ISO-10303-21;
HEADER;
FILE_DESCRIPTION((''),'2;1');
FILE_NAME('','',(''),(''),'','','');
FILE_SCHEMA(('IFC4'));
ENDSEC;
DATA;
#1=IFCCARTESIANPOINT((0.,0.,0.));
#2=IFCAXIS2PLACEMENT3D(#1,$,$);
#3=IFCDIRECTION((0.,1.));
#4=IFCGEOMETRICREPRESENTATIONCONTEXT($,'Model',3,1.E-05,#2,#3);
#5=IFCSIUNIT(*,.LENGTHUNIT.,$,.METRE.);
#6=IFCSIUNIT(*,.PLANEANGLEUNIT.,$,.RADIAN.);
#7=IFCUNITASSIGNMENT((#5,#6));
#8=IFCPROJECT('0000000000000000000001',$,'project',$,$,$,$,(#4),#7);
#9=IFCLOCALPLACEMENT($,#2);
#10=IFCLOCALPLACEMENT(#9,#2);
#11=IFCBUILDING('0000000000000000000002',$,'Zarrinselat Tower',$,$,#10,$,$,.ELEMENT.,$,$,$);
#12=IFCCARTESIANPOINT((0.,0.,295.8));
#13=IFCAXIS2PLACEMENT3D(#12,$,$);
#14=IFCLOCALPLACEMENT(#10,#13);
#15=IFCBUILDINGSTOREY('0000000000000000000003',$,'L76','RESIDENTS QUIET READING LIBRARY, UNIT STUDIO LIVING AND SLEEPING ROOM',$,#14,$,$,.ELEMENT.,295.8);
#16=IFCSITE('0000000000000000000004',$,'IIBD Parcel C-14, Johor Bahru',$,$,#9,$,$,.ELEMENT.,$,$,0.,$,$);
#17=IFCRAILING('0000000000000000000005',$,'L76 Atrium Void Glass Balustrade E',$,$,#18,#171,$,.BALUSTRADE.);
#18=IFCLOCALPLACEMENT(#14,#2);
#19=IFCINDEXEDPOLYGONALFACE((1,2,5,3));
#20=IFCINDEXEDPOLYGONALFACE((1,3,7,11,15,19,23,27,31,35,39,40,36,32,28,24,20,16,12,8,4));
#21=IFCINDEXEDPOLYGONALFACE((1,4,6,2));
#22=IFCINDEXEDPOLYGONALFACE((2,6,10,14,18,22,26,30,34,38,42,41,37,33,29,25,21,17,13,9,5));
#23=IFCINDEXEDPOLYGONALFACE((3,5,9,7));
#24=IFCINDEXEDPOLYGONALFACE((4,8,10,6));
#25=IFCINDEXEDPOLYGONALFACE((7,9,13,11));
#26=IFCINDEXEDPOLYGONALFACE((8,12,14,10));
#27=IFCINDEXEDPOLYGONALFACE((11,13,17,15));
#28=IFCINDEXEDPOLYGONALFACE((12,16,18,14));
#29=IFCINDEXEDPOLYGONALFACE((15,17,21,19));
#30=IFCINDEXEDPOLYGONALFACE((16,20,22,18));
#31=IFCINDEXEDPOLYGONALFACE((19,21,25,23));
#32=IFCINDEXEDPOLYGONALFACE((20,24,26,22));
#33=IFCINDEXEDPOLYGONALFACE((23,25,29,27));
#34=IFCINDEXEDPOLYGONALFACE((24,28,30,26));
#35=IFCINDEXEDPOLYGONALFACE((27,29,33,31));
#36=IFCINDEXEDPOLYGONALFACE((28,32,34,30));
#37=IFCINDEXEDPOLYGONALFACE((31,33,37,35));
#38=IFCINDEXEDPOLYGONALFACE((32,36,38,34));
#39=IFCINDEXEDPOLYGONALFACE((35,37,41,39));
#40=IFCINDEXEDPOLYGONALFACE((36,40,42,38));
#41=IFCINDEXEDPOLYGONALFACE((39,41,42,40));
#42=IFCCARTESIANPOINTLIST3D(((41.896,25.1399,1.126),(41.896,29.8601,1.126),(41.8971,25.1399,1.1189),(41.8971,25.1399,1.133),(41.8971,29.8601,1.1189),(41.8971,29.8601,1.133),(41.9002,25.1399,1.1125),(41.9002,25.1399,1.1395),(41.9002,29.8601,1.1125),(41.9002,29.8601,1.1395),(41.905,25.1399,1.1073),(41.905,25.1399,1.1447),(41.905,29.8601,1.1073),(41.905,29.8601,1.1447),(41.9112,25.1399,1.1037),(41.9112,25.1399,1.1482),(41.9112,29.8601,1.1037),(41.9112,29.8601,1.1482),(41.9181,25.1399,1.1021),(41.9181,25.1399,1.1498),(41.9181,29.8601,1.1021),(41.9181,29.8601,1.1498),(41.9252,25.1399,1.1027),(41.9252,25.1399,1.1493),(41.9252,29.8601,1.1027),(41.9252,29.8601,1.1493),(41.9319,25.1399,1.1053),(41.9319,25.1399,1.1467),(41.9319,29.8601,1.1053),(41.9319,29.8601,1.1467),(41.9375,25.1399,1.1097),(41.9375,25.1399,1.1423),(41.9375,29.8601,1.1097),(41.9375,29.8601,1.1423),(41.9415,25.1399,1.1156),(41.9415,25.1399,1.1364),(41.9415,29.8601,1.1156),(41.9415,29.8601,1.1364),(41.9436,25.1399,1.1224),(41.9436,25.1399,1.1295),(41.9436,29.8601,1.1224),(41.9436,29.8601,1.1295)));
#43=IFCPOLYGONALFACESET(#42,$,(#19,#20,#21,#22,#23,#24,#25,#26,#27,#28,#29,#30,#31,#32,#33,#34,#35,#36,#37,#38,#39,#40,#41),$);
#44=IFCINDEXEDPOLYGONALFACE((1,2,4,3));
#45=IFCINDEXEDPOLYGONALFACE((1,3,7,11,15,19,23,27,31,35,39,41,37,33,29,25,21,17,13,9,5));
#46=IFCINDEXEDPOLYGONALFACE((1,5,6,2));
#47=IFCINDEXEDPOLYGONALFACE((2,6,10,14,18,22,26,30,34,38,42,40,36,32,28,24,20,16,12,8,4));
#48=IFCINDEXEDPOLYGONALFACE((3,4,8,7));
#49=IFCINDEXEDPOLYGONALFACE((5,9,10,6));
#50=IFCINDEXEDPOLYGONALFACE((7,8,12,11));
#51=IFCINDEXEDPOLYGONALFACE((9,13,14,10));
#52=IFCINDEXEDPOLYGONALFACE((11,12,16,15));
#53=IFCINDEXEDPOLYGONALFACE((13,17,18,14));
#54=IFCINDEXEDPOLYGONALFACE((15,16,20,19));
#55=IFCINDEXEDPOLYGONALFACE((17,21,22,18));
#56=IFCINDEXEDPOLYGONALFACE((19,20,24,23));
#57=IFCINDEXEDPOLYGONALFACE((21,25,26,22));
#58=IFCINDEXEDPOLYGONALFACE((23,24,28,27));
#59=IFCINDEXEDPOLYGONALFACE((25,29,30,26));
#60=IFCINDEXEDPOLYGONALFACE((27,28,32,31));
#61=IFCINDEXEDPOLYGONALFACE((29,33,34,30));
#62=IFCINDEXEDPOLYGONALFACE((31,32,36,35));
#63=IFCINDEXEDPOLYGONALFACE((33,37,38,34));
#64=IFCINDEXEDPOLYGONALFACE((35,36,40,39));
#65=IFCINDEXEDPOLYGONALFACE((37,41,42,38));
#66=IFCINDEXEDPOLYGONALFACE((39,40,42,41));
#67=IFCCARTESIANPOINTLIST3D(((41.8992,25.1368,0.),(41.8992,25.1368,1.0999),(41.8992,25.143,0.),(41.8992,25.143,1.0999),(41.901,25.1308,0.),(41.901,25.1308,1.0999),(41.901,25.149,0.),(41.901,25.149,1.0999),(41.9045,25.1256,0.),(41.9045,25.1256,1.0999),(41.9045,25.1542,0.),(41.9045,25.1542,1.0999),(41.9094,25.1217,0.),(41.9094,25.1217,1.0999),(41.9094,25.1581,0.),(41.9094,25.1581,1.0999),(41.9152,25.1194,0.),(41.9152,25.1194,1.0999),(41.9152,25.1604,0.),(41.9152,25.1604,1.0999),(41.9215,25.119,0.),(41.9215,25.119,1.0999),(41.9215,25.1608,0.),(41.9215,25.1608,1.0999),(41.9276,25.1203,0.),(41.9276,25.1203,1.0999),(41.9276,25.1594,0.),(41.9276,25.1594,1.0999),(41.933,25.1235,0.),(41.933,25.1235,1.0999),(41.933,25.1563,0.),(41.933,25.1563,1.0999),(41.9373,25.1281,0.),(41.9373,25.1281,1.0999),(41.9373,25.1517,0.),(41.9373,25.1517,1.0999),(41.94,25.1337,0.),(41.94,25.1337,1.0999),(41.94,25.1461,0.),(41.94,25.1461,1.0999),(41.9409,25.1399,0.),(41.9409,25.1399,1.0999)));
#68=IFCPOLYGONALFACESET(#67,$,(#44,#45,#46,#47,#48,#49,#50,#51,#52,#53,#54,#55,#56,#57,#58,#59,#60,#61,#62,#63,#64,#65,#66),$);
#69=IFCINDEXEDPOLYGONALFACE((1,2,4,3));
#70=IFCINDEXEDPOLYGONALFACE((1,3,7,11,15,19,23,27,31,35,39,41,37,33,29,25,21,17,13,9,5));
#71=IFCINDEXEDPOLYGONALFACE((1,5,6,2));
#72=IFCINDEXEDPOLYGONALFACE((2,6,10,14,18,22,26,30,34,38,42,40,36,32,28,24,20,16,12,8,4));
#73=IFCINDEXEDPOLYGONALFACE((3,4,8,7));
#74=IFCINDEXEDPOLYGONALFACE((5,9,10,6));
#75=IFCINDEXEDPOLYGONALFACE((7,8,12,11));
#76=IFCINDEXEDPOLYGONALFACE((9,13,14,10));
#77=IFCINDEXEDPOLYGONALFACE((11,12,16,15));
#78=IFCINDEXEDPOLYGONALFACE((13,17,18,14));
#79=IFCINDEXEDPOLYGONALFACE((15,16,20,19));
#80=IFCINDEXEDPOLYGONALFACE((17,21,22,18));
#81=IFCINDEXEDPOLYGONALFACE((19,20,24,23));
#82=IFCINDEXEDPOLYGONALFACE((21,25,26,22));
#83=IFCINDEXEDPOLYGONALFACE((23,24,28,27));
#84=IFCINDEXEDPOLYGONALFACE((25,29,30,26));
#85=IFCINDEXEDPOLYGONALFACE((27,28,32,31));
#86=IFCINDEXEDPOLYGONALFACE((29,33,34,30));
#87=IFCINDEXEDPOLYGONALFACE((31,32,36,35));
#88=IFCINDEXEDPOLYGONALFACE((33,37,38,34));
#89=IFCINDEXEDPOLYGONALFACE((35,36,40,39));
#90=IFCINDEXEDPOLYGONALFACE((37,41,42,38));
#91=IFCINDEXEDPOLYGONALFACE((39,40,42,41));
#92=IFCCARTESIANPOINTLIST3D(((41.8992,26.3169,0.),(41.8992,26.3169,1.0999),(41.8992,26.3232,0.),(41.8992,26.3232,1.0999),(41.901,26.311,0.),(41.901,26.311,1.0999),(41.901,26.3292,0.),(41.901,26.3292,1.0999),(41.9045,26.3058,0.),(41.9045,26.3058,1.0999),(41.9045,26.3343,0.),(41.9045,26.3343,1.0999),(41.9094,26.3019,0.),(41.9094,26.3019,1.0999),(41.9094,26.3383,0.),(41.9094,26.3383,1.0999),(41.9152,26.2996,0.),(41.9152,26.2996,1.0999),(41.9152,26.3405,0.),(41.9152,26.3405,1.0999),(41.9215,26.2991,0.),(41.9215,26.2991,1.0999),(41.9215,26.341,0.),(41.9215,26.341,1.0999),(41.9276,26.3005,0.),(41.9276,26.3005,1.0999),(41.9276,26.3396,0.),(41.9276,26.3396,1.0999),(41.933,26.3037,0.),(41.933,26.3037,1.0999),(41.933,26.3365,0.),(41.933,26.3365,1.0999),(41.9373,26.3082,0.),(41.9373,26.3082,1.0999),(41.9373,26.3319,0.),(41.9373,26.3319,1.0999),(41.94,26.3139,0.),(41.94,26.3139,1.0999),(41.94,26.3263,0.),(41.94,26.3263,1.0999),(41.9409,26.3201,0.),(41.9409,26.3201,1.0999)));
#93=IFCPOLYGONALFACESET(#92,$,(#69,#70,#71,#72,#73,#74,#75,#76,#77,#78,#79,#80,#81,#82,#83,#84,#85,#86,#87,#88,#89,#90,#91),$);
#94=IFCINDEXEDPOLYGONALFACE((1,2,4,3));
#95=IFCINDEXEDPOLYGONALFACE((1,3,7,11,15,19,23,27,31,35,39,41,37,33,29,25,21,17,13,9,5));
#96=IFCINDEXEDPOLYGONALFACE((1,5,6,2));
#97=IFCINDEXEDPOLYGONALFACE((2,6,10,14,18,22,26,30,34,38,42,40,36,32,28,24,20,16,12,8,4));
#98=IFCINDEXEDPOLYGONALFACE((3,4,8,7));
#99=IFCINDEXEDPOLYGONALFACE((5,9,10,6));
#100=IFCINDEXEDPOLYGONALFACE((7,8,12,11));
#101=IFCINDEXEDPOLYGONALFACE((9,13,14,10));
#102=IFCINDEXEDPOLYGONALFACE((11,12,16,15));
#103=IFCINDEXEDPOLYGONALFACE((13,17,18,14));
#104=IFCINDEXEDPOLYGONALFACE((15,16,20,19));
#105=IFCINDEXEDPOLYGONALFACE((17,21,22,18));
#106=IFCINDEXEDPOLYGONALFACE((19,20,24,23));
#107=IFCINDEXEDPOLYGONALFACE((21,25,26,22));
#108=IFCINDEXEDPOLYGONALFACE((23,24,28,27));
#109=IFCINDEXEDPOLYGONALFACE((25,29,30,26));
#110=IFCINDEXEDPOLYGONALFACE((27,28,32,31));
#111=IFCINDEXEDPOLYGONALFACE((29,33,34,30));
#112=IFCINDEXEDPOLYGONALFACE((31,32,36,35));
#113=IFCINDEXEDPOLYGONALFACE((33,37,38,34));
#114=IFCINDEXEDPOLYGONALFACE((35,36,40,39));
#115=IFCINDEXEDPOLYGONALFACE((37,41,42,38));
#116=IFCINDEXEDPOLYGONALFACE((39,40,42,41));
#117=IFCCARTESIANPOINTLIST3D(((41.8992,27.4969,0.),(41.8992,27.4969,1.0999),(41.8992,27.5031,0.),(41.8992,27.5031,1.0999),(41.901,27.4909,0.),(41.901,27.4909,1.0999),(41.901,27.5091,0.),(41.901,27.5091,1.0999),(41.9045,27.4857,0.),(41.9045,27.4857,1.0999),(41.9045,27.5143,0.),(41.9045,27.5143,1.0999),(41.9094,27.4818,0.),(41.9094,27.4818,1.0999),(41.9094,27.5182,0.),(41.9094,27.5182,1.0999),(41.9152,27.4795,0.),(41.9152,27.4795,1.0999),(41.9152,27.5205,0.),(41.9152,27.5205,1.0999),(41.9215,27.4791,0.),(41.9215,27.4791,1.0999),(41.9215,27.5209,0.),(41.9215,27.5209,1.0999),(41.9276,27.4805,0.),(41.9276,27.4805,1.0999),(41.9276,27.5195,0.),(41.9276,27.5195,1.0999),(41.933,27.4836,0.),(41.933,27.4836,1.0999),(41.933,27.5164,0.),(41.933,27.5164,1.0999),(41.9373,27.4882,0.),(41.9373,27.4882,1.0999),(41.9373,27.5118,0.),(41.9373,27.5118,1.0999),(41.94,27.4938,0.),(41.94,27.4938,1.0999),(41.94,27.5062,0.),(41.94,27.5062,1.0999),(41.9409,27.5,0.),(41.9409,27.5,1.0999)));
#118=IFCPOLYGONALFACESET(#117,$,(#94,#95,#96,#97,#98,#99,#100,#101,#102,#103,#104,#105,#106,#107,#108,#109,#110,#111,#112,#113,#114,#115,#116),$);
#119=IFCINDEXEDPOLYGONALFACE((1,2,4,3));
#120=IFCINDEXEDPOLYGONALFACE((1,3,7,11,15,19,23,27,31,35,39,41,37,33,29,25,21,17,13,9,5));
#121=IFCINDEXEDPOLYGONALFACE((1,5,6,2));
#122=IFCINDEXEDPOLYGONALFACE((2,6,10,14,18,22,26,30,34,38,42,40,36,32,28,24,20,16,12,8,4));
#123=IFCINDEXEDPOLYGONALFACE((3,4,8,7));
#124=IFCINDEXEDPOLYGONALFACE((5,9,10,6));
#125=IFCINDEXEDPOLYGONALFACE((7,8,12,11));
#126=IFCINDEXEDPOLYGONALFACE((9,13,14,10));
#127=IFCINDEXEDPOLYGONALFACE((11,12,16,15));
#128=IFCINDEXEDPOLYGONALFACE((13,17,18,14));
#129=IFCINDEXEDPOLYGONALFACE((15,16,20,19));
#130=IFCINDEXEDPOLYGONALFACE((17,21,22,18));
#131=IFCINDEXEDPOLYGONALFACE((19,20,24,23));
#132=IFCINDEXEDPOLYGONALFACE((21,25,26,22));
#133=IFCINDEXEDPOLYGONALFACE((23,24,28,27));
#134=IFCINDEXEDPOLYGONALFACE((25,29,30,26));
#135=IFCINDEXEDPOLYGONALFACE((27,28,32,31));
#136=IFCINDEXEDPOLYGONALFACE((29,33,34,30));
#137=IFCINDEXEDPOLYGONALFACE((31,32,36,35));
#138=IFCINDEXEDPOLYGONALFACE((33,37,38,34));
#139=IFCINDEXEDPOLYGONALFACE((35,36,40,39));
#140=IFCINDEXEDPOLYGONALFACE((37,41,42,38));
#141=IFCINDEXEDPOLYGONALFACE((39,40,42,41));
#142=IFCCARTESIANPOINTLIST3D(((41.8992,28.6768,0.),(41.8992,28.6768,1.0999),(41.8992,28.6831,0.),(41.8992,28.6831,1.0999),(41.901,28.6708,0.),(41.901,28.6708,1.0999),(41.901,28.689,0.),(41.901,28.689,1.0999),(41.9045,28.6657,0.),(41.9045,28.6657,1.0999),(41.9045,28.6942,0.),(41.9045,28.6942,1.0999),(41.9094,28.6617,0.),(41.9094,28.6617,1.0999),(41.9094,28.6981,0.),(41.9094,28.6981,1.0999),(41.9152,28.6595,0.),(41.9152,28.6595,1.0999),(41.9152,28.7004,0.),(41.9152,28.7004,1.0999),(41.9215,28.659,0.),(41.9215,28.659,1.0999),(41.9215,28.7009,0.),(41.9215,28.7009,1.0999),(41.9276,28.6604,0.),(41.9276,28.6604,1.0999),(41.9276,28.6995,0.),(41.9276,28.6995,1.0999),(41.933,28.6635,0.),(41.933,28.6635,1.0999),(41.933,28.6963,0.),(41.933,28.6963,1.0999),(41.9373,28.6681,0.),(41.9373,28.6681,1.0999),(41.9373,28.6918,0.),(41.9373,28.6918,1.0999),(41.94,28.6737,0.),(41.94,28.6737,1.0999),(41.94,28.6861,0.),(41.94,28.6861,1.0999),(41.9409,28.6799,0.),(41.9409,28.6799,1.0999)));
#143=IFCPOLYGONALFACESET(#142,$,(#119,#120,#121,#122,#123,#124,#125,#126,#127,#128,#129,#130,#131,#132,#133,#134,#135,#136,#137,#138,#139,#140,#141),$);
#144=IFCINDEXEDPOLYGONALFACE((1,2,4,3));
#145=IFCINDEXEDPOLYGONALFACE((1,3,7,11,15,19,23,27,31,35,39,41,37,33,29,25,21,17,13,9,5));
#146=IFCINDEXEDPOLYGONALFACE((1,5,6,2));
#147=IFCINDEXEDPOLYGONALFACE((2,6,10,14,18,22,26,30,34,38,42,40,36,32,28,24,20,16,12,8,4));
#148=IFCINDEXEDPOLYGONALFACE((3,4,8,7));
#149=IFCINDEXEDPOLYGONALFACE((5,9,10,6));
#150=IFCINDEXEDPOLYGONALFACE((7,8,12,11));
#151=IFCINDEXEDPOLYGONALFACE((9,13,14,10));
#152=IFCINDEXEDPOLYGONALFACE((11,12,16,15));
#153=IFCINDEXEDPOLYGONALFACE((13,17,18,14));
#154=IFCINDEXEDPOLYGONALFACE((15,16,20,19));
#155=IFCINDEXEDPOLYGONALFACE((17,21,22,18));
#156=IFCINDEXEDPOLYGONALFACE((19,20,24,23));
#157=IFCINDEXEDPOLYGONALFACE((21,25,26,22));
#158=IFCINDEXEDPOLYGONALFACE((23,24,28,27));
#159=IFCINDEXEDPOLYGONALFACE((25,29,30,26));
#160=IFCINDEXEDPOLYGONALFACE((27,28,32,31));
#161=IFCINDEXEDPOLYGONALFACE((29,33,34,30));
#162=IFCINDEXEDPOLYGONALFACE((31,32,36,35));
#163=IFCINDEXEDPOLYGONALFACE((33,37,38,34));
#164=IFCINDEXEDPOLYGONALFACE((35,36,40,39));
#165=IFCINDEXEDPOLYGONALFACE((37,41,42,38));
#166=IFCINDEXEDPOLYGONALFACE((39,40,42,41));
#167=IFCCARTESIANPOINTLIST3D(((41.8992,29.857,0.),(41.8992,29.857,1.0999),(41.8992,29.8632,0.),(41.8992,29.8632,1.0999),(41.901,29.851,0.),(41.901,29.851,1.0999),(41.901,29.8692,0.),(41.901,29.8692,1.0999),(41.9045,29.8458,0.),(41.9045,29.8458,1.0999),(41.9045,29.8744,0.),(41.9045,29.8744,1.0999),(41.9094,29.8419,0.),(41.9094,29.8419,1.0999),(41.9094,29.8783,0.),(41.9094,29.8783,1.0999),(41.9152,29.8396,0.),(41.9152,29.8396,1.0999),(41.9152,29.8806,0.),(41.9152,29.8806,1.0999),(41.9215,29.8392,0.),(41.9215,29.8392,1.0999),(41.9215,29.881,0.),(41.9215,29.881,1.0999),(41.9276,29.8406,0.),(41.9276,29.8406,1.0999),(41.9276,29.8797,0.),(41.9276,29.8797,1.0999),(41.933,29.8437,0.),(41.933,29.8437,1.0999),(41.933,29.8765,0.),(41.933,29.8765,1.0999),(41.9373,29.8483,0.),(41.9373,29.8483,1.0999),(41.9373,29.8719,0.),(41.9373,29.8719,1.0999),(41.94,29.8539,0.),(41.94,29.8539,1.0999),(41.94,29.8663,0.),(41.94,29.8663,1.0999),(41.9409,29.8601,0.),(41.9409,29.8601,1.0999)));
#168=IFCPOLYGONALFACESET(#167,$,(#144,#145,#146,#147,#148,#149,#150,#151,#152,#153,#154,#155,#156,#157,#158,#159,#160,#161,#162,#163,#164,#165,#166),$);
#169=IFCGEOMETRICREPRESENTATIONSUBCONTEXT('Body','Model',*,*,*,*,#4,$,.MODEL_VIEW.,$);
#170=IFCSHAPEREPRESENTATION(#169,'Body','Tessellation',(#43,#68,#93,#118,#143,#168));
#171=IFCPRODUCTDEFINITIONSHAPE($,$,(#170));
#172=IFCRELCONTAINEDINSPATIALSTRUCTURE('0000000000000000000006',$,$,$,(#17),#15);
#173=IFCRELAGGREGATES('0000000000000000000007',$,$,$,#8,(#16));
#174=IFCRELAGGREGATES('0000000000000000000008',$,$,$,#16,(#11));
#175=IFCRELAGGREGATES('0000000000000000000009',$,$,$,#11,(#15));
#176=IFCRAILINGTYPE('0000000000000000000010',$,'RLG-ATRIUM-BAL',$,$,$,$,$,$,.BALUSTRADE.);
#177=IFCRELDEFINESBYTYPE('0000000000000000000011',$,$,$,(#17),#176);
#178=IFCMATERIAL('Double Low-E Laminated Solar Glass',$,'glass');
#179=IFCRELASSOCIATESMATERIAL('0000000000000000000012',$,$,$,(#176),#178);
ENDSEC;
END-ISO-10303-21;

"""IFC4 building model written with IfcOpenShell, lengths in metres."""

from ifc_helpers import new_model, si_unit, direction, frame, origin, origin_2d, place, context, subcontext, project, spatial, circle, extrude, material, type_object, element, save


model = new_model("IFC4")

# Units and contexts
model_context = context("Model", 3, precision=1e-05, world=origin(), true_north=direction((0.0, 1.0)))
body_context = subcontext(model_context, "Body", "Model", "MODEL_VIEW")
ifc_project = project(units=[si_unit("LENGTHUNIT", "METRE"), si_unit("PLANEANGLEUNIT", "RADIAN")], contexts=[model_context])

# Site, building, storey
site_placement = place(None, origin())
site = spatial("IfcSite", under=ifc_project, at=site_placement, Name="IIBD Parcel C-14, Johor Bahru", CompositionType="ELEMENT", RefElevation=0.0)
building_placement = place(site_placement, origin())
building = spatial("IfcBuilding", under=site, at=building_placement, Name="Zarrinselat Tower", CompositionType="ELEMENT")
storey_placement = place(building_placement, frame((0.0, 0.0, 295.8)))
storey = spatial("IfcBuildingStorey", under=building, at=storey_placement, Name="L76", Description="RESIDENTS QUIET READING LIBRARY, UNIT STUDIO LIVING AND SLEEPING ROOM", CompositionType="ELEMENT", Elevation=295.8)

# Railing
ifc_material_1 = material(Name="Double Low-E Laminated Solar Glass", Category="glass")
railing_type = type_object("IfcRailingType", Name="RLG-ATRIUM-BAL", PredefinedType="BALUSTRADE", material=ifc_material_1)
railing_1_placement = place(storey_placement, frame((41.9199, 25.1399, 0.0)))
element("IfcRailing", 1, at=railing_1_placement, inside=storey, type_object=railing_type, Name="L76 Atrium Void Glass Balustrade E", PredefinedType="BALUSTRADE", context=body_context, shape_type="SweptSolid", body=[
    extrude(circle(Radius=0.0239, at=origin_2d()), frame((0.0, 0.0, 1.126), z_axis=(0.0, 1.0, 0.0), x_axis=(-1.0, 0.0, 0.0)), (0.0, 0.0, 1.0), 4.7202),
    extrude(circle(Radius=0.021, at=origin_2d()), origin(), (0.0, 0.0, 1.0), 1.0999),
    extrude(circle(Radius=0.021, at=origin_2d()), frame((0.0, 1.1802, 0.0)), (0.0, 0.0, 1.0), 1.0999),
    extrude(circle(Radius=0.021, at=origin_2d()), frame((0.0, 2.3601, 0.0)), (0.0, 0.0, 1.0), 1.0999),
    extrude(circle(Radius=0.021, at=origin_2d()), frame((0.0, 3.54, 0.0)), (0.0, 0.0, 1.0), 1.0999),
    extrude(circle(Radius=0.021, at=origin_2d()), frame((0.0, 4.7202, 0.0)), (0.0, 0.0, 1.0), 1.0999),
])

save(model, "model.ifc")
